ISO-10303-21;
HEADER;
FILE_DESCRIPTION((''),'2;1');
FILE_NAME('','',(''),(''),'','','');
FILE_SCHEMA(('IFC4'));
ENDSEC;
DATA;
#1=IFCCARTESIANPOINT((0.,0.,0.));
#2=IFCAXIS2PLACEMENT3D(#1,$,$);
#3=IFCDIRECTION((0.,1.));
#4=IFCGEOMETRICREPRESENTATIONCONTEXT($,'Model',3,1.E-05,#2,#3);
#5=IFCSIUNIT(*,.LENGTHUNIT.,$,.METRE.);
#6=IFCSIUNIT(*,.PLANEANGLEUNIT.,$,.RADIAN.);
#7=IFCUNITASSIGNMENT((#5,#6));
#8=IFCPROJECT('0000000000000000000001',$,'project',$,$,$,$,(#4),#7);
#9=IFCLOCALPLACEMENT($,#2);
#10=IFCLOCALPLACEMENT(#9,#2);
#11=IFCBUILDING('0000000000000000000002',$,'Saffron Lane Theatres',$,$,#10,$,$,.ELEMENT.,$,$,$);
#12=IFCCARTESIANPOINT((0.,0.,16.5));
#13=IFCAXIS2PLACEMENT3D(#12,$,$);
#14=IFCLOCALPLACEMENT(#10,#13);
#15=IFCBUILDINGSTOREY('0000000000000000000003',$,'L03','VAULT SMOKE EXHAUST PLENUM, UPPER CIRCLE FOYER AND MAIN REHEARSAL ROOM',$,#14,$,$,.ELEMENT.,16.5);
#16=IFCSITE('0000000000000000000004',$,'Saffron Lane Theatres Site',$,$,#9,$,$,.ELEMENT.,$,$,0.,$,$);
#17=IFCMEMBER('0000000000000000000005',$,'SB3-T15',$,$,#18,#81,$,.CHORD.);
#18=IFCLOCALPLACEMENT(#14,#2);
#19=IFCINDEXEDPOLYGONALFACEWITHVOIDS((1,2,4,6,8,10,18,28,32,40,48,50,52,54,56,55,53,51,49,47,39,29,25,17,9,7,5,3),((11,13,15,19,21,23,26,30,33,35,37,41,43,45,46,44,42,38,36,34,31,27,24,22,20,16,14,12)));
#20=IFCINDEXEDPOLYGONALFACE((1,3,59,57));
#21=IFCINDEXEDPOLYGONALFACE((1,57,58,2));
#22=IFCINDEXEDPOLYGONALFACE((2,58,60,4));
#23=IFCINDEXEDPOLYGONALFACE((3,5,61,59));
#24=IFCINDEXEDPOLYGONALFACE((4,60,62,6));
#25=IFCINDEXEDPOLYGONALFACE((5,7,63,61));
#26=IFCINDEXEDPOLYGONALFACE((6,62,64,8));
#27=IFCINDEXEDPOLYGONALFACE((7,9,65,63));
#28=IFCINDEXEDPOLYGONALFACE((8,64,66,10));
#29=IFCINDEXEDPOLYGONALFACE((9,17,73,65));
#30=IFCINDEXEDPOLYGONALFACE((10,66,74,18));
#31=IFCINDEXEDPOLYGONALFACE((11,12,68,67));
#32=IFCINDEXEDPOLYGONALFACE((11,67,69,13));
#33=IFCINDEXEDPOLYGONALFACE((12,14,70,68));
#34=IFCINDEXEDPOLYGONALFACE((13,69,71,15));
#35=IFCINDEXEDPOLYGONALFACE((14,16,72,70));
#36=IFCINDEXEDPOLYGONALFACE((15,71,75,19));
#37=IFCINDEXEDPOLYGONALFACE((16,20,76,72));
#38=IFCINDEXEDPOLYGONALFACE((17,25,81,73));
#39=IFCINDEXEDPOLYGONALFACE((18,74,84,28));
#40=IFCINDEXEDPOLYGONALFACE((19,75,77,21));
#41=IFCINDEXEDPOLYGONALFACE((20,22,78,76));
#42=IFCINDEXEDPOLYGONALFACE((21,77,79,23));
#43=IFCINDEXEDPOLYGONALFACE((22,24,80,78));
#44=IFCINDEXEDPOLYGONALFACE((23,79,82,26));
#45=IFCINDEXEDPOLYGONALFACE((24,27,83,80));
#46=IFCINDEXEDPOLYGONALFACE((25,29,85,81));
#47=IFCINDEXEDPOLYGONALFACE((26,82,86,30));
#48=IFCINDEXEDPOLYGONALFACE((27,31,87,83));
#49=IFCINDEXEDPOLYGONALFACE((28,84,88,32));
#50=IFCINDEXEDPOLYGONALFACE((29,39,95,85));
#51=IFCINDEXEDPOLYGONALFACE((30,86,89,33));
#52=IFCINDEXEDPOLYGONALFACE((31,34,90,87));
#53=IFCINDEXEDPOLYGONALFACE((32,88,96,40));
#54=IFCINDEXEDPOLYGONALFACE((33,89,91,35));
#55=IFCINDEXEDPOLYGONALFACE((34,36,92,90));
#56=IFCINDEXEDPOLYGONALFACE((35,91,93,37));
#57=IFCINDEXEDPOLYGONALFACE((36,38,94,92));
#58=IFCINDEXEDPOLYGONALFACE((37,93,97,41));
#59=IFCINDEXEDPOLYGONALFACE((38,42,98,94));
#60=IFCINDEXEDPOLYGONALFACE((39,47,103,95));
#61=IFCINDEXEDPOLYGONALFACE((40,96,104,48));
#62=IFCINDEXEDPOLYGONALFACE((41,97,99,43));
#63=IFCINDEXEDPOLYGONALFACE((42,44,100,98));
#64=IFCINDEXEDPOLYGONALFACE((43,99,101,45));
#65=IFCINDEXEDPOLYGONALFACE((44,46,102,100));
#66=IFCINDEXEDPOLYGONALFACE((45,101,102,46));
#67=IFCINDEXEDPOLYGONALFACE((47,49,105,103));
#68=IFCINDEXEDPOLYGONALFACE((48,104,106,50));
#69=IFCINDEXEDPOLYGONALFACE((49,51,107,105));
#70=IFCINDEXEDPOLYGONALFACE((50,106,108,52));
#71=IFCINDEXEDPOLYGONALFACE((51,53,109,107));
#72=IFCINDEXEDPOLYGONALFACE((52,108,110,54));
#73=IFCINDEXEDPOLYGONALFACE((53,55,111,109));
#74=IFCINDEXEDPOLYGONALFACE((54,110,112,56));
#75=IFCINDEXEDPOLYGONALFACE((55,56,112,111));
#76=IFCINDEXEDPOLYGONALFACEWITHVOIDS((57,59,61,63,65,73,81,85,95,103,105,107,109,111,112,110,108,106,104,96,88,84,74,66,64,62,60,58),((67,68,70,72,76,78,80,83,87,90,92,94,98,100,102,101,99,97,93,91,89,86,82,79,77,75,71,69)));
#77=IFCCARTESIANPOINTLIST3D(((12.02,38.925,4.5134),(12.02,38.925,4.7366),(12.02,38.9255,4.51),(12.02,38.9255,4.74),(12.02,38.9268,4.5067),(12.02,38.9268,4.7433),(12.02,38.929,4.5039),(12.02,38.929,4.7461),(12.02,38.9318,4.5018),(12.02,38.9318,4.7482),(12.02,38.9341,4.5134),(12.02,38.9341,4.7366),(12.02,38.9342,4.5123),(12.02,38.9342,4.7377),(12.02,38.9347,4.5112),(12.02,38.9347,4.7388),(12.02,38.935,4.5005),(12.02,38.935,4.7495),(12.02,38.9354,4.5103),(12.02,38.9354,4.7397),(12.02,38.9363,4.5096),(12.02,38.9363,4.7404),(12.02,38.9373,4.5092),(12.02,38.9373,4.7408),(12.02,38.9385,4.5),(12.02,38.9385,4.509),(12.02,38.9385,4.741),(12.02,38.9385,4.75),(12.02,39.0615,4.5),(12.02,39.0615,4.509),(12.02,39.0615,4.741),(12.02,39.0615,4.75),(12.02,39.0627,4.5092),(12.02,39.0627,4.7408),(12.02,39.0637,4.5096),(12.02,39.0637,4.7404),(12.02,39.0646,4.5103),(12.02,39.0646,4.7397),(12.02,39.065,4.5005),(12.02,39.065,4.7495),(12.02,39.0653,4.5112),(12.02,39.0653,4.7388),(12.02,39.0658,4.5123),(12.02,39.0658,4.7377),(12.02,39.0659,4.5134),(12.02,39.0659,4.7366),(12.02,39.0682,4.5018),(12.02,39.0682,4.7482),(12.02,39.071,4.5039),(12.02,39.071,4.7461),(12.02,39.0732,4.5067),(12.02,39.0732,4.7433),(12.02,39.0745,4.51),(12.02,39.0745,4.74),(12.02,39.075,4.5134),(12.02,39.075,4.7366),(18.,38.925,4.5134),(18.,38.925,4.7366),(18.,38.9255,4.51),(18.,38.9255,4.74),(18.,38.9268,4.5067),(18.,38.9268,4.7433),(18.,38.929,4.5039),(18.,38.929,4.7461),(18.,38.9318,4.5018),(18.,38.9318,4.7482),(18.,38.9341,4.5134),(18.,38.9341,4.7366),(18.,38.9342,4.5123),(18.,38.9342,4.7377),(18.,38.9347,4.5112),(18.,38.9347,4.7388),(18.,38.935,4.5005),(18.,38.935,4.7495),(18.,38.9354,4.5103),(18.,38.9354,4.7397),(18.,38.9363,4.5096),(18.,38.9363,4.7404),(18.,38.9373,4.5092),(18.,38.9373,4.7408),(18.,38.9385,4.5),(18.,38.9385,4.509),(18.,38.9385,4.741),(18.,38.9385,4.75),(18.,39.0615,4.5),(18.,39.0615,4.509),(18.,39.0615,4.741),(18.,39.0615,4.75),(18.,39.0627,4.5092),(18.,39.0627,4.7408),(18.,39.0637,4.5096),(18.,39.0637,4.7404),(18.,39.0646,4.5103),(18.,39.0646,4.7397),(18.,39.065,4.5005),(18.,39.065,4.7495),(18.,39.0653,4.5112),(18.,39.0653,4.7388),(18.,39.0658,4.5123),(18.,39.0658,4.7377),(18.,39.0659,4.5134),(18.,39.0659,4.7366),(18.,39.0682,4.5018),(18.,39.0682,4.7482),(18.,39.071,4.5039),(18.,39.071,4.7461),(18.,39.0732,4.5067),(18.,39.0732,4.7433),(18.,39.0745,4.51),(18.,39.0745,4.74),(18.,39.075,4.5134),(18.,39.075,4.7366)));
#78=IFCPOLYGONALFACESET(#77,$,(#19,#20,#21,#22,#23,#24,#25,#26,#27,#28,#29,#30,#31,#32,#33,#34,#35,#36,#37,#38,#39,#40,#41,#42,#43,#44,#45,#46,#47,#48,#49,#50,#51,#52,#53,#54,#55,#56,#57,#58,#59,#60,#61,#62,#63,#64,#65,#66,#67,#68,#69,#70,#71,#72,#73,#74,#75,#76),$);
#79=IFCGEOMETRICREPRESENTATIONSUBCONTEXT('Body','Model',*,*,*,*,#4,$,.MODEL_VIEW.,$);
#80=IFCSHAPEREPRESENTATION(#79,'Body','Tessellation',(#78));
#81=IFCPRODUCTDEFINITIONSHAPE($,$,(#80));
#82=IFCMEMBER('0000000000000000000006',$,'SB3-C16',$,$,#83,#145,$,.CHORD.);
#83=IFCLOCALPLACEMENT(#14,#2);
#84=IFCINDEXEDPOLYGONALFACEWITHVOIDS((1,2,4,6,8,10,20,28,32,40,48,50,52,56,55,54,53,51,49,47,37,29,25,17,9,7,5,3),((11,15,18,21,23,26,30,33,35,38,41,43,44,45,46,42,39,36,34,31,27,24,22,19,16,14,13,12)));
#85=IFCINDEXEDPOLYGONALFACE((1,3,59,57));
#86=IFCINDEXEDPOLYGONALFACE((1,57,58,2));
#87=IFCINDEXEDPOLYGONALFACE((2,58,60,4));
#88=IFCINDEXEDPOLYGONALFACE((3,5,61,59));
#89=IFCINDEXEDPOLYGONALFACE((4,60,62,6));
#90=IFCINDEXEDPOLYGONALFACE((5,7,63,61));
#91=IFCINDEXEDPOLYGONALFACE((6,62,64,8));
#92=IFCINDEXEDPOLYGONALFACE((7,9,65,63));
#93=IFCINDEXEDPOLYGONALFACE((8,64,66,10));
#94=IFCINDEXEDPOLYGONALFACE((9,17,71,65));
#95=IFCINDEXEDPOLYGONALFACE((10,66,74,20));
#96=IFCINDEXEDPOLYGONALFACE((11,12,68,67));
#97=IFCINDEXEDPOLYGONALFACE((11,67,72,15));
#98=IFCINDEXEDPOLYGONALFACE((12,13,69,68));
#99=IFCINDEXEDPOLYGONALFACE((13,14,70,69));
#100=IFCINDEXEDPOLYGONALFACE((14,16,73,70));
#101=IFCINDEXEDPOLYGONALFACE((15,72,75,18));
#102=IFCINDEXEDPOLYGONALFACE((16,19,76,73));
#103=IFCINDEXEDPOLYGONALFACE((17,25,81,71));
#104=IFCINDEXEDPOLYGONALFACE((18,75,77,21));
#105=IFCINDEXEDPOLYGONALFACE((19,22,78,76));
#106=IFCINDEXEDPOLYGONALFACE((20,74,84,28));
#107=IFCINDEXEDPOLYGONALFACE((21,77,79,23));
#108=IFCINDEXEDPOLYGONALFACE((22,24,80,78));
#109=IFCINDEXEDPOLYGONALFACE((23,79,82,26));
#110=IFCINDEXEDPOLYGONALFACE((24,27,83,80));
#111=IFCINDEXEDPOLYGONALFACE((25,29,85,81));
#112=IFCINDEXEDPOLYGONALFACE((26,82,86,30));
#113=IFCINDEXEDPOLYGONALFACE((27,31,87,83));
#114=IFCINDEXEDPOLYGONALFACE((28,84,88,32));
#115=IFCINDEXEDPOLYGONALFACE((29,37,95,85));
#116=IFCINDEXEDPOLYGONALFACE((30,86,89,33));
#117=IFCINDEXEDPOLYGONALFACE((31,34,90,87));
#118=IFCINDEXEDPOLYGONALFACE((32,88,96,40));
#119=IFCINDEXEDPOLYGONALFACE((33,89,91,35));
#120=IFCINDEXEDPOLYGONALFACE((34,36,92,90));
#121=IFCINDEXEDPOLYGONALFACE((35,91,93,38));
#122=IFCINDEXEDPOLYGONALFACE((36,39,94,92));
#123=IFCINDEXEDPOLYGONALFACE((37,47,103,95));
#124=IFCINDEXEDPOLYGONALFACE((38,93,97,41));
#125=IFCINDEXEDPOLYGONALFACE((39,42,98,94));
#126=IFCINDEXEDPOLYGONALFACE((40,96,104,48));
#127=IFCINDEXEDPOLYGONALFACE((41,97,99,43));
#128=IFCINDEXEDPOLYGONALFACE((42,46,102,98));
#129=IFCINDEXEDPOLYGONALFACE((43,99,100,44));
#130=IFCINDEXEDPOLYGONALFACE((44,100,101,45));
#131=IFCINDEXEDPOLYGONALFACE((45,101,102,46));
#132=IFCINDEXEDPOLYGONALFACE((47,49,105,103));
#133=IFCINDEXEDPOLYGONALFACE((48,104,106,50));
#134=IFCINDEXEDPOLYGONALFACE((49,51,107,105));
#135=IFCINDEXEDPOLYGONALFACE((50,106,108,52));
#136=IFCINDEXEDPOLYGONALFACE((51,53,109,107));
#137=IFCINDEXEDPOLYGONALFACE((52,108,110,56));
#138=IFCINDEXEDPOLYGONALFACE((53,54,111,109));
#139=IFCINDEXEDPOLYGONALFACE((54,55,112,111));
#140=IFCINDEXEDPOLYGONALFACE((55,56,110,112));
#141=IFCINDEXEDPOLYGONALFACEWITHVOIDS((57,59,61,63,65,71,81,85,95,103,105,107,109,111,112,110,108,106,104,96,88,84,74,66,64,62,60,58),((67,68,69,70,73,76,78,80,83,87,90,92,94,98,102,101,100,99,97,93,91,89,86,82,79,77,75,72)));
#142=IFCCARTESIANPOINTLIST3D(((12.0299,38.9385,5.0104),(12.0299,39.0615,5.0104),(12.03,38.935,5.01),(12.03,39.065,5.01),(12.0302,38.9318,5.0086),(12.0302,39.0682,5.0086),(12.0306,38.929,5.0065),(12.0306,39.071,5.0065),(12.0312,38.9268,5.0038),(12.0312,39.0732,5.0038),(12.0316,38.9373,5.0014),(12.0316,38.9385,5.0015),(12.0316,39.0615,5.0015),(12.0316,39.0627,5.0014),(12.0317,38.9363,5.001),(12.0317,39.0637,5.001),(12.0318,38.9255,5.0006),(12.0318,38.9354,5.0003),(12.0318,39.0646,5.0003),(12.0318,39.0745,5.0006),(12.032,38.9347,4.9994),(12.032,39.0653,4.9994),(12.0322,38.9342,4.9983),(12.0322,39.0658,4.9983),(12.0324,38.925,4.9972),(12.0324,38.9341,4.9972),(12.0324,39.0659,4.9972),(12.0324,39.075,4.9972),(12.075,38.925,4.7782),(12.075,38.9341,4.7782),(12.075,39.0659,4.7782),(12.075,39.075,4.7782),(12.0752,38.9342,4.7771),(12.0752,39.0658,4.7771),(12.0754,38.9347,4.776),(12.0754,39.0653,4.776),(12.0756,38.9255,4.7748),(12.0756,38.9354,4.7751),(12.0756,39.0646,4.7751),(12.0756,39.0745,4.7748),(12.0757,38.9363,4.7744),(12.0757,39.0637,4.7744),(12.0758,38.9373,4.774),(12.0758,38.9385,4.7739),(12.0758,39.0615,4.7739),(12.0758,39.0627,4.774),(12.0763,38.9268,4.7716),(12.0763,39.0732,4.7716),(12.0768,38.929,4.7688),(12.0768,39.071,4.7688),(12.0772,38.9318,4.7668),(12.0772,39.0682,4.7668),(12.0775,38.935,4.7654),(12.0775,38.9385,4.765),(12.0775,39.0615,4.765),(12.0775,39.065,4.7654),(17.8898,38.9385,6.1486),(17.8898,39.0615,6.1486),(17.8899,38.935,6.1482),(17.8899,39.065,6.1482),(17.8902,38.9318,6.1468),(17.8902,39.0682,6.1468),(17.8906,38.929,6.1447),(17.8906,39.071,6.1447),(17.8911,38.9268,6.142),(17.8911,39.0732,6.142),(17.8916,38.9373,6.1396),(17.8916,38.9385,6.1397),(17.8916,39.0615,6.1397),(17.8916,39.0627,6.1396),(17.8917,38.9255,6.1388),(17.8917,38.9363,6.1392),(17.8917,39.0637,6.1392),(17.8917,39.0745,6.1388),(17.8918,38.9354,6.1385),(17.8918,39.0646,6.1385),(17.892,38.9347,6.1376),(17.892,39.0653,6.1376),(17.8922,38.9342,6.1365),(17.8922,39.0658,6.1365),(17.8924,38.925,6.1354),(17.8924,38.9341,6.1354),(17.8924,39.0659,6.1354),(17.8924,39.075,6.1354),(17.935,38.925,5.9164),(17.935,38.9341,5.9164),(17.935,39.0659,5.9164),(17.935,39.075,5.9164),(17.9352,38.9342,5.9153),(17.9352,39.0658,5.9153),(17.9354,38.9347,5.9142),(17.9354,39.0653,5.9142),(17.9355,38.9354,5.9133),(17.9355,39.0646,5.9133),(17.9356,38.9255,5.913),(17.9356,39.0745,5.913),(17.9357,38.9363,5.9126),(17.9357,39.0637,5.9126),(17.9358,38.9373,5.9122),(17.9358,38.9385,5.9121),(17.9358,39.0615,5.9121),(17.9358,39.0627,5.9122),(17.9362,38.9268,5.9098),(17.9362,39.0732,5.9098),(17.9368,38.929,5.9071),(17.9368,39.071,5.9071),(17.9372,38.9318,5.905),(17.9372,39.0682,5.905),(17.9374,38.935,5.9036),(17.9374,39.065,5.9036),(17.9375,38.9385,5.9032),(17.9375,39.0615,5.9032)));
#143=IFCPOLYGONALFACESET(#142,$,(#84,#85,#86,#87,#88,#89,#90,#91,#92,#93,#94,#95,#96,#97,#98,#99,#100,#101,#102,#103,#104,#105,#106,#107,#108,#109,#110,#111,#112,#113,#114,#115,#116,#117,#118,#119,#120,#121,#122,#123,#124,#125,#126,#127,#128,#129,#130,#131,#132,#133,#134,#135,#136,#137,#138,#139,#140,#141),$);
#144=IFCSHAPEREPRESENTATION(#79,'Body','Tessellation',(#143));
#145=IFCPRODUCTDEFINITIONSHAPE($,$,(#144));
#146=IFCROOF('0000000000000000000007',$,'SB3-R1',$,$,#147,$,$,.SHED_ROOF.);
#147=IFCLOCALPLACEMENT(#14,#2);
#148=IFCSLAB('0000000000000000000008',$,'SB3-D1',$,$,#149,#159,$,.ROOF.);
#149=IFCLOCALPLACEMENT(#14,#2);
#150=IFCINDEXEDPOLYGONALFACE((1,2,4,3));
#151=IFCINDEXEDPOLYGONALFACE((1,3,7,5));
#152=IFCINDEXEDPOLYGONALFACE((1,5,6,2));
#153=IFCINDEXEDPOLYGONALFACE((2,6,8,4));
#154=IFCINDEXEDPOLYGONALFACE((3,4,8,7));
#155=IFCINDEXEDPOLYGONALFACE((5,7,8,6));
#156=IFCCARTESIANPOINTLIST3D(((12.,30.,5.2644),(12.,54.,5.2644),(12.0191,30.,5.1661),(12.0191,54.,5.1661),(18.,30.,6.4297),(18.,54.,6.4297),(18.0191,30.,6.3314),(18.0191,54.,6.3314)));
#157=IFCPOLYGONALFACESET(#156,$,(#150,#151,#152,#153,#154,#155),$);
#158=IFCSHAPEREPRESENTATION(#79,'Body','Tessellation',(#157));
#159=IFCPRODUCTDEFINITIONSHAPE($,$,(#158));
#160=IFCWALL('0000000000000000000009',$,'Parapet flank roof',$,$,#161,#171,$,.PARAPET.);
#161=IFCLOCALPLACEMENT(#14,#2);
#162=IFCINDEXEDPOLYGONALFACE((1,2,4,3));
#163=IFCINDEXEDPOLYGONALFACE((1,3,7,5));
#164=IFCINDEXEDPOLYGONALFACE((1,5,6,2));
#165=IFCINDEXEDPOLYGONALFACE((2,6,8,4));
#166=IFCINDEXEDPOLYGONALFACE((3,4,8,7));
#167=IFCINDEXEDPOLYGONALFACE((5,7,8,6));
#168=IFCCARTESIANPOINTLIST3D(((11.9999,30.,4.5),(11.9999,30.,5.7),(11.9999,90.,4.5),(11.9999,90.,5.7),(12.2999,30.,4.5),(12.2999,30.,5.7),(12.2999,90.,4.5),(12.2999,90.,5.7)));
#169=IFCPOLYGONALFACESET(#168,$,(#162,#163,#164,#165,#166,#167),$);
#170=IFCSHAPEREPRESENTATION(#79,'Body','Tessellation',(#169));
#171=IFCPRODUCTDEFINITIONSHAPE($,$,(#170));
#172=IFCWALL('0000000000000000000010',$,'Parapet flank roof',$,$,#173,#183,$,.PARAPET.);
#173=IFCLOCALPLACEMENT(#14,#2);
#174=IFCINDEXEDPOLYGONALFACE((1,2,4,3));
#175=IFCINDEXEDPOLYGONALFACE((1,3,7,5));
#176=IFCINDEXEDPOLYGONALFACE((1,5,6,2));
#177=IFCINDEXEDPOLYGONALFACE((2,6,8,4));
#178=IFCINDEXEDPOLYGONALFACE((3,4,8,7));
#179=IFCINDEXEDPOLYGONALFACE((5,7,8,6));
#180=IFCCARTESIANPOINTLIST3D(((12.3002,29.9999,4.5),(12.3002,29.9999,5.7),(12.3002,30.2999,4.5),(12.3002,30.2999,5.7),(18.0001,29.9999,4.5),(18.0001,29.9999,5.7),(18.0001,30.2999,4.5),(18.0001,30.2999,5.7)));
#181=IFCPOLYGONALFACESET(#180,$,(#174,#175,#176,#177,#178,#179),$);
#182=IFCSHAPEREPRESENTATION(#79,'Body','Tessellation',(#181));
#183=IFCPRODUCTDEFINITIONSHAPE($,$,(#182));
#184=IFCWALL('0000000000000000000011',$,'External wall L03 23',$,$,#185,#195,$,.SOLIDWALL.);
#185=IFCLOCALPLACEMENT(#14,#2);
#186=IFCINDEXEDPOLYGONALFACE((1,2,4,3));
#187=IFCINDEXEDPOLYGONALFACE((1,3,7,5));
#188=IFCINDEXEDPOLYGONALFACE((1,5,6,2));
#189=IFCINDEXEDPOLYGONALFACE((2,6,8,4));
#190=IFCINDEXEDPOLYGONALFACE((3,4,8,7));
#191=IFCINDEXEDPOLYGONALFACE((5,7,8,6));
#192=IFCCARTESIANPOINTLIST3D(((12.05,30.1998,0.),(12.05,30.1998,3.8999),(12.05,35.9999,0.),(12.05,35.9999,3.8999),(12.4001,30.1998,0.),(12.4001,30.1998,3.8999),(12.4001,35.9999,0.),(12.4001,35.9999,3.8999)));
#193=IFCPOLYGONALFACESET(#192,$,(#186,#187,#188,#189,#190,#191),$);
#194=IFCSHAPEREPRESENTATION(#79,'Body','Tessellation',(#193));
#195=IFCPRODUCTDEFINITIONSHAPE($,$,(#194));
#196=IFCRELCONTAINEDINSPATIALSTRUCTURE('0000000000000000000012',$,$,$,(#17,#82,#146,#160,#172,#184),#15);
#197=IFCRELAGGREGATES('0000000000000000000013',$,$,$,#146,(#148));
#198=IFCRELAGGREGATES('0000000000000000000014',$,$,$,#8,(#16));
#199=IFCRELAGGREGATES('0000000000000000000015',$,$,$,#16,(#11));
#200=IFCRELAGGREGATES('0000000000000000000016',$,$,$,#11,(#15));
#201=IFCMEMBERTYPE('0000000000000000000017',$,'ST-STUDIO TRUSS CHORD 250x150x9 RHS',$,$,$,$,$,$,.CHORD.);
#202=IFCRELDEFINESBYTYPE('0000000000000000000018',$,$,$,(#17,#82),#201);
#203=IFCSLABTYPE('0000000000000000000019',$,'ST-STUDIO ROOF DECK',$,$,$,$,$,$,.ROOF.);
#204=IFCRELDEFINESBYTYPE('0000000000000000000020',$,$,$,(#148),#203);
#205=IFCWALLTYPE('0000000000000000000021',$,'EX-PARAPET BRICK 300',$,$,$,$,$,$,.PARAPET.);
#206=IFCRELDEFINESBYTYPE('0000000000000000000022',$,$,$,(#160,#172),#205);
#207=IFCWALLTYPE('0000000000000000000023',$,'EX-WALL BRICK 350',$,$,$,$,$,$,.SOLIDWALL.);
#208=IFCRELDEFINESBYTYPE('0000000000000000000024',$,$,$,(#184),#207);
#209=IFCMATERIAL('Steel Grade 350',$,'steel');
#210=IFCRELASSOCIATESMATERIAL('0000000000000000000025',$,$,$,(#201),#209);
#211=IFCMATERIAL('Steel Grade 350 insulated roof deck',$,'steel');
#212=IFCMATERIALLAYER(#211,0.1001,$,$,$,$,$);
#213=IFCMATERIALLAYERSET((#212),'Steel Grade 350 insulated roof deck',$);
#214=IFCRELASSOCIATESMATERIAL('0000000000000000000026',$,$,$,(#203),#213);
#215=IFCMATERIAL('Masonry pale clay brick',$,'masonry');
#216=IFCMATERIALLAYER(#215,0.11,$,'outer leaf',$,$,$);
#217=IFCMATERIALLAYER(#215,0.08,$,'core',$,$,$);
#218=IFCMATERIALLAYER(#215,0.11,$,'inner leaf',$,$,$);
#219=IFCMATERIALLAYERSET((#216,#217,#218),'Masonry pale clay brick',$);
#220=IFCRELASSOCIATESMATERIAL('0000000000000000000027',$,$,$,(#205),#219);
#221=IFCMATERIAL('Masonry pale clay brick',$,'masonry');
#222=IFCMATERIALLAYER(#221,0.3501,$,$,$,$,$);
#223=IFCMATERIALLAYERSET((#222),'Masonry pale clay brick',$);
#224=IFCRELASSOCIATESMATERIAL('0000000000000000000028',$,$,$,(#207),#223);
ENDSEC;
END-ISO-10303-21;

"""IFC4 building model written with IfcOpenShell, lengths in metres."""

from ifc_helpers import new_model, si_unit, direction, frame, frame_2d, origin, origin_2d, place, context, subcontext, project, spatial, polyline, rectangle, hollow_rectangle, outline, extrude, material, layer, layer_set, material_profile, profile_set, type_object, element, aggregate, save


model = new_model("IFC4")

# Units and contexts
model_context = context("Model", 3, precision=1e-05, world=origin(), true_north=direction((0.0, 1.0)))
body_context = subcontext(model_context, "Body", "Model", "MODEL_VIEW")
ifc_project = project(units=[si_unit("LENGTHUNIT", "METRE"), si_unit("PLANEANGLEUNIT", "RADIAN")], contexts=[model_context])

# Site, building, storey
site_placement = place(None, origin())
site = spatial("IfcSite", under=ifc_project, at=site_placement, Name="Saffron Lane Theatres Site", CompositionType="ELEMENT", RefElevation=0.0)
building_placement = place(site_placement, origin())
building = spatial("IfcBuilding", under=site, at=building_placement, Name="Saffron Lane Theatres", CompositionType="ELEMENT")
storey_placement = place(building_placement, frame((0.0, 0.0, 16.5)))
storey = spatial("IfcBuildingStorey", under=building, at=storey_placement, Name="L03", Description="VAULT SMOKE EXHAUST PLENUM, UPPER CIRCLE FOYER AND MAIN REHEARSAL ROOM", CompositionType="ELEMENT", Elevation=16.5)

# Members
ifc_material_1 = material(Name="Steel Grade 350", Category="steel")
ifc_material_profile_1 = material_profile(ifc_material_1, hollow_rectangle(XDim=0.1499, YDim=0.25, WallThickness=0.009, InnerFilletRadius=0.0044, OuterFilletRadius=0.0134, at=origin_2d()))
ifc_profile_set_1 = profile_set([ifc_material_profile_1], Name="Steel Grade 350")
member_type_1 = type_object("IfcMemberType", Name="ST-STUDIO TRUSS CHORD 250x150x9 RHS", PredefinedType="CHORD", material=ifc_profile_set_1)
member_1_placement = place(storey_placement, frame((12.02, 39.0, 4.625), z_axis=(1.0, 0.0, 0.0), x_axis=(0.0, 1.0, 0.0)))
element("IfcMember", 1, at=member_1_placement, inside=storey, type_object=member_type_1, Name="SB3-T15", PredefinedType="CHORD", context=body_context, shape_type="SweptSolid", body=[
    extrude(hollow_rectangle(XDim=0.1499, YDim=0.25, WallThickness=0.009, InnerFilletRadius=0.0044, OuterFilletRadius=0.0134, at=origin_2d()), origin(), (0.0, 0.0, 1.0), 5.98),
])
member_2_placement = place(storey_placement, frame((12.0537, 39.0, 4.8877), z_axis=(0.981654, 0.0, 0.19067), x_axis=(0.0, 1.0, 0.0)))
element("IfcMember", 2, at=member_2_placement, inside=storey, type_object=member_type_1, Name="SB3-C16", PredefinedType="CHORD", context=body_context, shape_type="SweptSolid", body=[
    extrude(hollow_rectangle(XDim=0.1499, YDim=0.25, WallThickness=0.009, InnerFilletRadius=0.0044, OuterFilletRadius=0.0134, at=origin_2d()), origin(), (0.0, 0.0, 1.0), 5.9695),
])

# Roof, slab
roof_placement = place(storey_placement, origin())
roof = element("IfcRoof", 3, at=roof_placement, inside=storey, Name="SB3-R1", PredefinedType="SHED_ROOF")
ifc_material_2 = material(Name="Steel Grade 350 insulated roof deck", Category="steel")
ifc_layer_1 = layer(ifc_material_2, 0.1001)
ifc_layer_set_1 = layer_set([ifc_layer_1], Name="Steel Grade 350 insulated roof deck")
slab_type = type_object("IfcSlabType", Name="ST-STUDIO ROOF DECK", PredefinedType="ROOF", material=ifc_layer_set_1)
slab_placement = place(storey_placement, frame((12.0, 30.0, 5.2644), z_axis=(-0.190652, 0.0, 0.981658), x_axis=(0.981658, 0.0, 0.190652)))
slab = element("IfcSlab", 4, at=slab_placement, type_object=slab_type, Name="SB3-D1", PredefinedType="ROOF", context=body_context, shape_type="SweptSolid", body=[
    extrude(outline(polyline([(0.0, 0.0), (6.1121, 0.0), (6.1121, 24.0), (0.0, 24.0), (0.0, 0.0)])), origin(), (0.0, 0.0, -1.0), 0.1001),
])
aggregate(roof, [slab])

# Walls
ifc_material_3 = material(Name="Masonry pale clay brick", Category="masonry")
ifc_layer_2 = layer(ifc_material_3, 0.11, Name="outer leaf")
ifc_layer_3 = layer(ifc_material_3, 0.08, Name="core")
ifc_layer_4 = layer(ifc_material_3, 0.11, Name="inner leaf")
ifc_layer_set_2 = layer_set([ifc_layer_2, ifc_layer_3, ifc_layer_4], Name="Masonry pale clay brick")
wall_type_1 = type_object("IfcWallType", Name="EX-PARAPET BRICK 300", PredefinedType="PARAPET", material=ifc_layer_set_2)
wall_1_placement = place(storey_placement, frame((12.1499, 30.0, 4.5), z_axis=(0.0, 0.0, 1.0), x_axis=(0.0, 1.0, 0.0)))
element("IfcWall", 5, at=wall_1_placement, inside=storey, type_object=wall_type_1, Name="Parapet flank roof", PredefinedType="PARAPET", context=body_context, shape_type="SweptSolid", body=[
    extrude(rectangle(XDim=60.0, YDim=0.3, at=frame_2d((30.0, 0.0))), origin(), (0.0, 0.0, 1.0), 1.2),
])
wall_2_placement = place(storey_placement, frame((12.3, 30.1499, 4.5), z_axis=(0.0, 0.0, 1.0), x_axis=(1.0, 0.0, 0.0)))
element("IfcWall", 6, at=wall_2_placement, inside=storey, type_object=wall_type_1, Name="Parapet flank roof", PredefinedType="PARAPET", context=body_context, shape_type="SweptSolid", body=[
    extrude(rectangle(XDim=5.7, YDim=0.3, at=frame_2d((2.8501, 0.0))), origin(), (0.0, 0.0, 1.0), 1.2),
])
ifc_material_4 = material(Name="Masonry pale clay brick", Category="masonry")
ifc_layer_5 = layer(ifc_material_4, 0.3501)
ifc_layer_set_3 = layer_set([ifc_layer_5], Name="Masonry pale clay brick")
wall_type_2 = type_object("IfcWallType", Name="EX-WALL BRICK 350", PredefinedType="SOLIDWALL", material=ifc_layer_set_3)
wall_3_placement = place(storey_placement, frame((12.2251, 30.2, 0.0), z_axis=(0.0, 0.0, 1.0), x_axis=(0.0, 1.0, 0.0)))
element("IfcWall", 7, at=wall_3_placement, inside=storey, type_object=wall_type_2, Name="External wall L03 23", PredefinedType="SOLIDWALL", context=body_context, shape_type="SweptSolid", body=[
    extrude(rectangle(XDim=5.8, YDim=0.3501, at=frame_2d((2.8999, 0.0))), origin(), (0.0, 0.0, 1.0), 3.8999),
])

save(model, "model.ifc")
